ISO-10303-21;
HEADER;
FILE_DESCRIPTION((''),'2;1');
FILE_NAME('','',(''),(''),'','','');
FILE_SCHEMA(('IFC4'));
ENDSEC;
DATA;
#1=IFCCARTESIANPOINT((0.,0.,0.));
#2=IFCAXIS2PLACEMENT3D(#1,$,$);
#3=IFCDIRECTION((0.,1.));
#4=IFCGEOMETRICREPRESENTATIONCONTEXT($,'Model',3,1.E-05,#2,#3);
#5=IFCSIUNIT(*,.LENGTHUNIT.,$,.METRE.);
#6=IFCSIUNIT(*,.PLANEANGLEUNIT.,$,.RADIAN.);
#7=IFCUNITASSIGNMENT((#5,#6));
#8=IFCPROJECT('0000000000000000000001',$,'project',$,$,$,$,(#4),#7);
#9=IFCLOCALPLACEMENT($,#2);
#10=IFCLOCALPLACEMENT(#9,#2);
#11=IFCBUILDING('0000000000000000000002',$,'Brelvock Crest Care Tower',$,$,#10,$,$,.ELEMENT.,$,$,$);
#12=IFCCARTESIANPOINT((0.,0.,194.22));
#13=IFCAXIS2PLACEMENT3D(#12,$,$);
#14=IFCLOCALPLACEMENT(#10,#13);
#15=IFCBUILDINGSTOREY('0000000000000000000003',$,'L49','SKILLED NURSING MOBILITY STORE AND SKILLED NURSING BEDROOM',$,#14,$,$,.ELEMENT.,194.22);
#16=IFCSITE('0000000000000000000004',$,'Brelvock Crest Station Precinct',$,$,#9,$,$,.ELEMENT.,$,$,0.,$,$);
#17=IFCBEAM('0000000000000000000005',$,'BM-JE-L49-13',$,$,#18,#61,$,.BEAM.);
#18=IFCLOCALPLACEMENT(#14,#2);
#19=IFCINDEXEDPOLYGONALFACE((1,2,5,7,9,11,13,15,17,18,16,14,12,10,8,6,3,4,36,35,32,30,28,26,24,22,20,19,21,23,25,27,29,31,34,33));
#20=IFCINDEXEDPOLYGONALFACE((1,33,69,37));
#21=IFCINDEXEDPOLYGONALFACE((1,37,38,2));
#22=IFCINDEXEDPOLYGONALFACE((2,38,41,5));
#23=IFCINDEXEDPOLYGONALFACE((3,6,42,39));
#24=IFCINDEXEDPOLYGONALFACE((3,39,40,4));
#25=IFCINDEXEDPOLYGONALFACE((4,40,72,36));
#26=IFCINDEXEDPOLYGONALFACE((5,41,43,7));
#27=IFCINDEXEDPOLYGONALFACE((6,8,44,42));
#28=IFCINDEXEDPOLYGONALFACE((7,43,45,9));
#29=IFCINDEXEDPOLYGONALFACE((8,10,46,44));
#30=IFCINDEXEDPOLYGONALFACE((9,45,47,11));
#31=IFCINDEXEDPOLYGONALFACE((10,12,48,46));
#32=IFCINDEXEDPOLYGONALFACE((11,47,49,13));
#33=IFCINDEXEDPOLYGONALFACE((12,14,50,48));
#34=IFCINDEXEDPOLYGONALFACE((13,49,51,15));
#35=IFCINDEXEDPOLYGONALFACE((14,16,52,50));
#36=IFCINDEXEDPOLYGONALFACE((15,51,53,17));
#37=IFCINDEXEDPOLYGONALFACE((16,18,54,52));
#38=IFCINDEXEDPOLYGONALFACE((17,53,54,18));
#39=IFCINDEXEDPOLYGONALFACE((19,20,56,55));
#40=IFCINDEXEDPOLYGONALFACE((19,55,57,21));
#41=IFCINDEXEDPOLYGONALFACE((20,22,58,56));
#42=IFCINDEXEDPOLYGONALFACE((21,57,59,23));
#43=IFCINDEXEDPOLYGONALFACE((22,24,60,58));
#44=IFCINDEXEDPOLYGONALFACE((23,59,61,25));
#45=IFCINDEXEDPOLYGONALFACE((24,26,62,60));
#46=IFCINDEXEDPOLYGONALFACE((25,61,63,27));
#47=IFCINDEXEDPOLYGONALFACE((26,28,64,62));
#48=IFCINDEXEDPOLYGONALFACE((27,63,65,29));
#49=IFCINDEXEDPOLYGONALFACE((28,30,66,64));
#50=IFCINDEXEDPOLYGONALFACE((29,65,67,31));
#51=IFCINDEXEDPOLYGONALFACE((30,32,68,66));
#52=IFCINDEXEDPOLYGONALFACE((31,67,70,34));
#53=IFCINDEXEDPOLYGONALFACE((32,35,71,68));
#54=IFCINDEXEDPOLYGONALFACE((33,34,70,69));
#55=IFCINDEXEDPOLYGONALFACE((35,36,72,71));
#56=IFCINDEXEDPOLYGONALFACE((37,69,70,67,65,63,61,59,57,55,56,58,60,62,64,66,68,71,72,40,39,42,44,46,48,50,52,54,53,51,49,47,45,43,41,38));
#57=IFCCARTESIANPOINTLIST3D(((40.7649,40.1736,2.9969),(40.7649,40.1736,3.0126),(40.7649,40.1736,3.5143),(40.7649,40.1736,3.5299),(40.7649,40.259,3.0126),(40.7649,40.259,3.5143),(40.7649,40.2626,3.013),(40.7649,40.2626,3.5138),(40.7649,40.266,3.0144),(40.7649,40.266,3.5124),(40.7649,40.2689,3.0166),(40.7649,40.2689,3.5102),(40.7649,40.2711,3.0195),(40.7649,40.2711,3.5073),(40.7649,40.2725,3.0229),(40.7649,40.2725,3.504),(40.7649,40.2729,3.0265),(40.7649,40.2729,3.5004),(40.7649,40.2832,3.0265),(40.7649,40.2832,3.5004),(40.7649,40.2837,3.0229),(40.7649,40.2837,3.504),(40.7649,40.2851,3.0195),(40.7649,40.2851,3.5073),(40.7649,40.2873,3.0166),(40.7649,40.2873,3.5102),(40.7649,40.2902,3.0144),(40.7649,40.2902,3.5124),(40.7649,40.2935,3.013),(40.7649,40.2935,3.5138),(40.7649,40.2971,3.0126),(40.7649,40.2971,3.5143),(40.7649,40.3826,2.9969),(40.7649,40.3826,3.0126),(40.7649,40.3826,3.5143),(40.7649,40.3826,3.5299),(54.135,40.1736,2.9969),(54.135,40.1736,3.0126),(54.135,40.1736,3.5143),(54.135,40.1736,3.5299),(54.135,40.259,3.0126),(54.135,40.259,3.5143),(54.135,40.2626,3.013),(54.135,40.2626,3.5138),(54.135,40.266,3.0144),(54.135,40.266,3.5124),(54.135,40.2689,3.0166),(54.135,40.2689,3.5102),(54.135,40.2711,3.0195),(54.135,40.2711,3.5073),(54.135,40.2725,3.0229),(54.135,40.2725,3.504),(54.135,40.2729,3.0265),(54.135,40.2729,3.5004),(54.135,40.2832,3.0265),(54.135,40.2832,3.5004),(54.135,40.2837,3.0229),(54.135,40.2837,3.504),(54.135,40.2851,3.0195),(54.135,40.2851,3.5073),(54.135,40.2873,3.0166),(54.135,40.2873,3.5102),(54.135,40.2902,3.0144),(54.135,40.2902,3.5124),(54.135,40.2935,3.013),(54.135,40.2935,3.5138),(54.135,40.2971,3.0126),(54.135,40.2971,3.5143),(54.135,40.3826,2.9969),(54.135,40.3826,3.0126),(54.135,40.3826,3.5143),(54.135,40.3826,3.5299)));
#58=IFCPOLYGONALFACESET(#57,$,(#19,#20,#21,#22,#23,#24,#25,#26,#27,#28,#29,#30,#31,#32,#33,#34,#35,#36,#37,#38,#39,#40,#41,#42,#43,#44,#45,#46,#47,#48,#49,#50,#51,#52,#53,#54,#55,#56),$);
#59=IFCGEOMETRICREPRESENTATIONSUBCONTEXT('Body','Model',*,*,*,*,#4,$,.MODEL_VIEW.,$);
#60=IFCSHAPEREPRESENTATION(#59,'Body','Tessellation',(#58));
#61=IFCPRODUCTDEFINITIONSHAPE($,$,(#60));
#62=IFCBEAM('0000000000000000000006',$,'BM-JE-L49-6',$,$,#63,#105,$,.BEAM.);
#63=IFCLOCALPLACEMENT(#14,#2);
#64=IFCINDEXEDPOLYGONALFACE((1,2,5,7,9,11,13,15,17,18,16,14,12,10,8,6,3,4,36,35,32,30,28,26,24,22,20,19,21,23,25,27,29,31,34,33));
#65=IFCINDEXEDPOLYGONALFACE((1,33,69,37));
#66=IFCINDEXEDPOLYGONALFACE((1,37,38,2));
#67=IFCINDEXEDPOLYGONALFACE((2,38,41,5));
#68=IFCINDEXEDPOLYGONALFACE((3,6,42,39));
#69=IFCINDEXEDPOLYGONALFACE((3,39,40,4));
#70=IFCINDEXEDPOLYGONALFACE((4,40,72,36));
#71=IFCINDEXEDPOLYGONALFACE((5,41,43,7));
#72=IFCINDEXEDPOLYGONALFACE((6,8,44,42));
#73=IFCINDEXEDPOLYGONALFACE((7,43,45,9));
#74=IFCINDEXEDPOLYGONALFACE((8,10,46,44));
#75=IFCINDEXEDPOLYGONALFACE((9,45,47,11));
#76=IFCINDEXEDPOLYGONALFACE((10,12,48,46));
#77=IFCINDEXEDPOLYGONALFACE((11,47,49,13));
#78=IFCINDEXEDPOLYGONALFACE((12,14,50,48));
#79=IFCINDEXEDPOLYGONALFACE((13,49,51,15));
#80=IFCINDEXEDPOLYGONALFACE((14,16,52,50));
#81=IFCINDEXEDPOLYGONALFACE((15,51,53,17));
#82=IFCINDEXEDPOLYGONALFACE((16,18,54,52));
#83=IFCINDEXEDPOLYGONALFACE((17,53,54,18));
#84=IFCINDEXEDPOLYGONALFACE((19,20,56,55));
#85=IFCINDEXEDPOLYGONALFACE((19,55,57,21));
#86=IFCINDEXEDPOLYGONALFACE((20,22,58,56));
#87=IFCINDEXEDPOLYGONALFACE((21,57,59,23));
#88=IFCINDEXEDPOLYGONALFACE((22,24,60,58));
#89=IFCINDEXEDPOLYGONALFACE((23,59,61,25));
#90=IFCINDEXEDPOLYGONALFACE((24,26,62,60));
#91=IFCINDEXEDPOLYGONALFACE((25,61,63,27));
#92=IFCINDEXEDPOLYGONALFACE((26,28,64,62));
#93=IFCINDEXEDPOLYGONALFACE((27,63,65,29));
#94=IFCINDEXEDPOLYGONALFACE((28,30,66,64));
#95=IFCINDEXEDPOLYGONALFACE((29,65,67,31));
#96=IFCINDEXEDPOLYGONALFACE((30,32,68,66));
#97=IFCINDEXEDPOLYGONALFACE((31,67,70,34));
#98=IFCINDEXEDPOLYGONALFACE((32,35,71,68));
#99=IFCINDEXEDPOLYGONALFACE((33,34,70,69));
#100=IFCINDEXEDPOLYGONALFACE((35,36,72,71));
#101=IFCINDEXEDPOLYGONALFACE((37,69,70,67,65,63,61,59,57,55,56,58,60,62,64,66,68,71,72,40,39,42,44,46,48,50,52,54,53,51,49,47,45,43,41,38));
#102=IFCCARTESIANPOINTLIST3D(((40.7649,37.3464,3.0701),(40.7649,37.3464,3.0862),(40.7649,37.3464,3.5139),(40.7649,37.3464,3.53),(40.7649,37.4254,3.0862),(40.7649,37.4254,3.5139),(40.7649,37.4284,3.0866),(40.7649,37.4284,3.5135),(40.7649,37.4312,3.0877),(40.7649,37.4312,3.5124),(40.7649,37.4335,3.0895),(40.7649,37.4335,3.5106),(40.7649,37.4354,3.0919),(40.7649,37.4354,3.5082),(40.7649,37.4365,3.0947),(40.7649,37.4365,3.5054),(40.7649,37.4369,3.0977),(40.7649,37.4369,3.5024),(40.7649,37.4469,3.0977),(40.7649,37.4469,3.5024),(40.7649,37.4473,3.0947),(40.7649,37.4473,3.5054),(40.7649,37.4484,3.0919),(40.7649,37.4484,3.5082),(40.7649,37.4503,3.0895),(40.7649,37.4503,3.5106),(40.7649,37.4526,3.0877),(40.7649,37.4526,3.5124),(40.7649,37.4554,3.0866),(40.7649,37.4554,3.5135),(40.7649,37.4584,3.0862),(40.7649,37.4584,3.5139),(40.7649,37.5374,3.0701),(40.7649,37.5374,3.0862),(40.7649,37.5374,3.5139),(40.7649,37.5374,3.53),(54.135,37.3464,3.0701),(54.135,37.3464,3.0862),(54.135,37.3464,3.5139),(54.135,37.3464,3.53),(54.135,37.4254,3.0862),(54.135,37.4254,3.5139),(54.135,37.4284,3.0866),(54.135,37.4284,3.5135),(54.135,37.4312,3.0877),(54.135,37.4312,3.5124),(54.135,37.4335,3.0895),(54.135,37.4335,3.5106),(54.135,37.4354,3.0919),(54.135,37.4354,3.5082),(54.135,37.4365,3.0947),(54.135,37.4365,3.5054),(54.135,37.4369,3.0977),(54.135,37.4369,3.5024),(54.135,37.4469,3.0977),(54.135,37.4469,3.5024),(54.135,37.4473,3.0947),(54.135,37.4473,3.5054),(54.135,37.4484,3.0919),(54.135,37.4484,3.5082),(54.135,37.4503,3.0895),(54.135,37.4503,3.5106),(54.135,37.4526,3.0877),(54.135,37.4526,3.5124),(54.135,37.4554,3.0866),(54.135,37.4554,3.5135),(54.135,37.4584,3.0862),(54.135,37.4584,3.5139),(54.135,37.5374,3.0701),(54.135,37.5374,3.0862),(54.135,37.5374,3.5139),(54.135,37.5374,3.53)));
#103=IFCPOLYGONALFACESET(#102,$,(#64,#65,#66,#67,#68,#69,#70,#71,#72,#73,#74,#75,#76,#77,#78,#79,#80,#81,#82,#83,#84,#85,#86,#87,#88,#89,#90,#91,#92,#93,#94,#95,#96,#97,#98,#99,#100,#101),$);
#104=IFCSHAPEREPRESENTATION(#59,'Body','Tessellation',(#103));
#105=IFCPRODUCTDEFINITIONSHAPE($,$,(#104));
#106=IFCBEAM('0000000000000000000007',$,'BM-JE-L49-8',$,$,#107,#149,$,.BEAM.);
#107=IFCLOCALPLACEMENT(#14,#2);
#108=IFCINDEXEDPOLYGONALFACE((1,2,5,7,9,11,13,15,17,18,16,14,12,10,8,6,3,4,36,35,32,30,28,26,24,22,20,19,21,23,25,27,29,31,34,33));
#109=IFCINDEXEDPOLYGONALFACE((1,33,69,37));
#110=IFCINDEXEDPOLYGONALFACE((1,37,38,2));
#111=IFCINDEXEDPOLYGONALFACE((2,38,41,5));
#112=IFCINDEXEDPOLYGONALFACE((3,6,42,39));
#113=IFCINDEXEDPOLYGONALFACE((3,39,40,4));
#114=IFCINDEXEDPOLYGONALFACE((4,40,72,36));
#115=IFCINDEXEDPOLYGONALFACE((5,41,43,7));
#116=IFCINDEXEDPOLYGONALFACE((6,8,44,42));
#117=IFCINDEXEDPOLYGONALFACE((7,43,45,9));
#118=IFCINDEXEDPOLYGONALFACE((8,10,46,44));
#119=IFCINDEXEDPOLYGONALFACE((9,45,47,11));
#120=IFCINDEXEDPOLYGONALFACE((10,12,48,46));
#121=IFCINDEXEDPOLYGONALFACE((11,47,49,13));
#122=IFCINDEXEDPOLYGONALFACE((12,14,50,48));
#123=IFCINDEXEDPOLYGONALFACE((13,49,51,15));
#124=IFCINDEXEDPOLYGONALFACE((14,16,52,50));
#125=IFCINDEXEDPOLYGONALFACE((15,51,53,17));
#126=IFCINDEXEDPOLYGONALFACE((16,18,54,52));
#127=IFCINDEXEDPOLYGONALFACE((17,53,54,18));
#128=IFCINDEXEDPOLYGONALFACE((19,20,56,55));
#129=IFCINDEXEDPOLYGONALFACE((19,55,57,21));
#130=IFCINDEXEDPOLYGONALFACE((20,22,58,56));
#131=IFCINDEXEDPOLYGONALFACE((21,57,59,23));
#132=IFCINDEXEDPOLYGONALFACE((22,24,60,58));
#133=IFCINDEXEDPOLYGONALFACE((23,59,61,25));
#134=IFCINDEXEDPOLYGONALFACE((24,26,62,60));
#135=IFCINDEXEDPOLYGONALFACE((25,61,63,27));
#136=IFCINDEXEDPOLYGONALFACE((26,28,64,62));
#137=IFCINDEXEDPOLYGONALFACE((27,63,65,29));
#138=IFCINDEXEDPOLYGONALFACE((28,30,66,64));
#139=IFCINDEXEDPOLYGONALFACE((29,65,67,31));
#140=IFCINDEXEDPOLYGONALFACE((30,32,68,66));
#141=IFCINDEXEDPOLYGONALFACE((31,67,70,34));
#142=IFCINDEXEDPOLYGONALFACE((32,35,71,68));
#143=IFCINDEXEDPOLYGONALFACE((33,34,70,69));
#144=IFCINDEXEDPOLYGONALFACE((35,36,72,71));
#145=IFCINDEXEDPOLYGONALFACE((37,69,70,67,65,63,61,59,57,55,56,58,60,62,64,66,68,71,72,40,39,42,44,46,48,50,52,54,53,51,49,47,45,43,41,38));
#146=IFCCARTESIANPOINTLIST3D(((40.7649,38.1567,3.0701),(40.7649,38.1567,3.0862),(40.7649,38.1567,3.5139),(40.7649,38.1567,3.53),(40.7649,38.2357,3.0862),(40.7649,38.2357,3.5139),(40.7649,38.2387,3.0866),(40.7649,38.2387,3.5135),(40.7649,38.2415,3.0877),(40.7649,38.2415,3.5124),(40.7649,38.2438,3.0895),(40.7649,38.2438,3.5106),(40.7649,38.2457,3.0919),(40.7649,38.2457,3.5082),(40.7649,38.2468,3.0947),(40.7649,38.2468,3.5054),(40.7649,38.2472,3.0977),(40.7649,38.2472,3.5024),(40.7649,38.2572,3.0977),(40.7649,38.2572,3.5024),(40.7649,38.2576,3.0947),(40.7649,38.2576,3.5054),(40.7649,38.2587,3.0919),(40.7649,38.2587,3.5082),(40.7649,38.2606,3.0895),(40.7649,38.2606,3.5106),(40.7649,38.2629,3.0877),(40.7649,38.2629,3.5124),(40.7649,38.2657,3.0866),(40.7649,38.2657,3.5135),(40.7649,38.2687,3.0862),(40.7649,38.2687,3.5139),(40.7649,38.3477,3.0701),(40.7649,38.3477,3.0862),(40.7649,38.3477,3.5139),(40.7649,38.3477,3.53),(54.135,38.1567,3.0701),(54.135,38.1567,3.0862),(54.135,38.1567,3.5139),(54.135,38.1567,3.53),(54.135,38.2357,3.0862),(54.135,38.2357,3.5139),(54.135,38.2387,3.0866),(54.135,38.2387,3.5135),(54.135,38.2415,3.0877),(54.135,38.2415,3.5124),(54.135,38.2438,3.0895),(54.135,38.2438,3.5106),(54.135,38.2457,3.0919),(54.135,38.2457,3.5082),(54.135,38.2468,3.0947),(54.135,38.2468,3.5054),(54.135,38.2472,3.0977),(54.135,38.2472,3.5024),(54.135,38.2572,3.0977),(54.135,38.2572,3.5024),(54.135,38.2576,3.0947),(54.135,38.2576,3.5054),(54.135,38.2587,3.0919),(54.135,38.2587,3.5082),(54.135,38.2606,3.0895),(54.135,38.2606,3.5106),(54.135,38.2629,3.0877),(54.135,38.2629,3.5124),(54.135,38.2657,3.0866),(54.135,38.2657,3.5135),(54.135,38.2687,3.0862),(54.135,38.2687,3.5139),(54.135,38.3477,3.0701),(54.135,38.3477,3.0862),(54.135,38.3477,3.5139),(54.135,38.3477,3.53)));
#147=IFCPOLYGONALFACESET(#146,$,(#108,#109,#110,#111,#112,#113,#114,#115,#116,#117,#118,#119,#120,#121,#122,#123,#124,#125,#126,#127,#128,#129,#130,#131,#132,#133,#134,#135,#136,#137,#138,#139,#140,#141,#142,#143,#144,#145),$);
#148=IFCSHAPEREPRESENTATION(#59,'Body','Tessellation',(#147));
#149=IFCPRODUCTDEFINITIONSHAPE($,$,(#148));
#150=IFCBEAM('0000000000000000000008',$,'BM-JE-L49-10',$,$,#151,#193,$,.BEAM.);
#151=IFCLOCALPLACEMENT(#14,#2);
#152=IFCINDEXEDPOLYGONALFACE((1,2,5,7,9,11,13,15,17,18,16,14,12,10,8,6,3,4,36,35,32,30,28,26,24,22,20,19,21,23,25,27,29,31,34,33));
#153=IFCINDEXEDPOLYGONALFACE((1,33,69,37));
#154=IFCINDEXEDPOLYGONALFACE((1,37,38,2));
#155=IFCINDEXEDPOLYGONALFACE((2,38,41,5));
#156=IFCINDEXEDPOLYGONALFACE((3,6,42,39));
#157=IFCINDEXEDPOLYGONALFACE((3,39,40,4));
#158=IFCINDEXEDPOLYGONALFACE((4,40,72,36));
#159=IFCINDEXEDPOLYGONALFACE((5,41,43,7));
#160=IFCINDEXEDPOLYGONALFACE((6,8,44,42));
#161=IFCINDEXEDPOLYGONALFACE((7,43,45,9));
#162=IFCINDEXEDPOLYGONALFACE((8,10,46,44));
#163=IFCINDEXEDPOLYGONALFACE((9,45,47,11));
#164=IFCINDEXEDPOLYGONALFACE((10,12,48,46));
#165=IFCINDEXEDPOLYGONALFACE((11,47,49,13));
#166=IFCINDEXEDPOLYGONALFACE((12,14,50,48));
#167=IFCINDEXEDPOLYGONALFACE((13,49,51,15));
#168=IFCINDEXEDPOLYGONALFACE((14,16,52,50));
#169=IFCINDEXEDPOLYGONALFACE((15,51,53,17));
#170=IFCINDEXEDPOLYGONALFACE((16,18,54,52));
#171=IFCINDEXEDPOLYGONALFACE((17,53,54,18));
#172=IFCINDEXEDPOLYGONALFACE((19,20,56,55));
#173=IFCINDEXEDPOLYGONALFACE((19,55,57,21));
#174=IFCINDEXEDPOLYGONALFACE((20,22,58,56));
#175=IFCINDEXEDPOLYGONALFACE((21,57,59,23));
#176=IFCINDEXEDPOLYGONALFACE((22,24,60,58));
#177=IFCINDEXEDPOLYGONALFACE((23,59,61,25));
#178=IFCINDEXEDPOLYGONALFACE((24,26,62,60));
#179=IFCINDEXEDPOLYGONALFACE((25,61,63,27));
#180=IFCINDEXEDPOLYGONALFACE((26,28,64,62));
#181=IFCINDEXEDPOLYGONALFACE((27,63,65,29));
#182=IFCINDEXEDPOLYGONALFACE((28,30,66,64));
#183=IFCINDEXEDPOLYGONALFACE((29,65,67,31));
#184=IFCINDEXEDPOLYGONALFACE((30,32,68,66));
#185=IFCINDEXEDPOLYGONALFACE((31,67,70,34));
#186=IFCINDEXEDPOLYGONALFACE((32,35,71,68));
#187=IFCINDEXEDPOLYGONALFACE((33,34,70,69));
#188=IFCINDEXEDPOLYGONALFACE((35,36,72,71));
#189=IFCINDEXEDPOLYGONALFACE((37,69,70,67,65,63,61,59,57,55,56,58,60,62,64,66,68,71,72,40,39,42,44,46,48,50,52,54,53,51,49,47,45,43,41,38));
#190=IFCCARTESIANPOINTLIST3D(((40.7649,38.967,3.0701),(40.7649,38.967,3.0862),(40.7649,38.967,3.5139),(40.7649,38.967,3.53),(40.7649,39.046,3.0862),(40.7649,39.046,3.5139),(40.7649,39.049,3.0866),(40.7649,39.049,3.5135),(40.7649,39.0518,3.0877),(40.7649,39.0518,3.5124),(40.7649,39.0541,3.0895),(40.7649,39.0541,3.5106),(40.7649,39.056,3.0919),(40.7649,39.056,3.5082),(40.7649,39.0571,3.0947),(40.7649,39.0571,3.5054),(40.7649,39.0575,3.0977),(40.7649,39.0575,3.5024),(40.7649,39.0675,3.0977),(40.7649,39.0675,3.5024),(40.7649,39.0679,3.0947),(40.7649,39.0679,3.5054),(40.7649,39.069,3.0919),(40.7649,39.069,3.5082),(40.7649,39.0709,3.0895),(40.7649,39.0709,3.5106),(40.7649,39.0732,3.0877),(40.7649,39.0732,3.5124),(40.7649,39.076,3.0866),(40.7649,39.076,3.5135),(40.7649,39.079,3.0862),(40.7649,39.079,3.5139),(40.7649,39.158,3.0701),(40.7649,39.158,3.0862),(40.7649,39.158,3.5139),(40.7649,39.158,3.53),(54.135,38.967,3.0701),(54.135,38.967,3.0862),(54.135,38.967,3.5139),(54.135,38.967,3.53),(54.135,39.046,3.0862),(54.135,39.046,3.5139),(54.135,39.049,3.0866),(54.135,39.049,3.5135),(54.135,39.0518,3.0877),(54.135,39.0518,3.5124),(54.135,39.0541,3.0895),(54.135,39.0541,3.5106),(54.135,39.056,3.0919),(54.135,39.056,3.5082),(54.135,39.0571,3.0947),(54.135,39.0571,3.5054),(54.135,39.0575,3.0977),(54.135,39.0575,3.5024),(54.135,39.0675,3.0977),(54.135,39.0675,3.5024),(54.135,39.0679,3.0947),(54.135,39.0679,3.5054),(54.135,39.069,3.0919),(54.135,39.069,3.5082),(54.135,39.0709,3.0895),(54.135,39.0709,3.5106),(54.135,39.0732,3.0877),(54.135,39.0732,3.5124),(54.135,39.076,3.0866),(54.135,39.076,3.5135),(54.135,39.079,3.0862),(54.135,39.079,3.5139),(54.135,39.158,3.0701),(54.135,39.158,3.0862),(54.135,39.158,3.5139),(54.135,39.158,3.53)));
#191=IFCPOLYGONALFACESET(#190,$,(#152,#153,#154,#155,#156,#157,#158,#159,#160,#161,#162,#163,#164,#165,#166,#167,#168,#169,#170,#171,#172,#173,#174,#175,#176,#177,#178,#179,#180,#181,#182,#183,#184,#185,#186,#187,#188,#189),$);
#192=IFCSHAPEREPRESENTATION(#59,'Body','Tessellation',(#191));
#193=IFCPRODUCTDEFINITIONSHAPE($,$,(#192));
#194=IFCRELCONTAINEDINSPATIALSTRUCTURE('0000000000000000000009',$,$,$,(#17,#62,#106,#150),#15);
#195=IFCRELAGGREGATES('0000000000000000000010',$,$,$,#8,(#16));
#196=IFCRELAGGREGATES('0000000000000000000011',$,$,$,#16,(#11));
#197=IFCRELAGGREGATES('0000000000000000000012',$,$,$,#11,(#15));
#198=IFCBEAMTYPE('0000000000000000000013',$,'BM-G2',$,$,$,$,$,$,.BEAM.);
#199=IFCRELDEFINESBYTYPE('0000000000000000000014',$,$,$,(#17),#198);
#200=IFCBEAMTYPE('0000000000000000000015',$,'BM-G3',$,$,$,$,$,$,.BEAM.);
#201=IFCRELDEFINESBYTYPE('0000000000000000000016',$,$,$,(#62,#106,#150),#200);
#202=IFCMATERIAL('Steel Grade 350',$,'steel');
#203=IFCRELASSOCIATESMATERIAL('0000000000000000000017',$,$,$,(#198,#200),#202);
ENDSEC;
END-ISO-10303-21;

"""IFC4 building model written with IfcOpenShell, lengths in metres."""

from ifc_helpers import new_model, si_unit, direction, frame, origin, origin_2d, place, context, subcontext, project, spatial, i_section, extrude, source, transform, mapped, material, material_profile, profile_set, type_object, element, save


model = new_model("IFC4")

# Units and contexts
model_context = context("Model", 3, precision=1e-05, world=origin(), true_north=direction((0.0, 1.0)))
body_context = subcontext(model_context, "Body", "Model", "MODEL_VIEW")
ifc_project = project(units=[si_unit("LENGTHUNIT", "METRE"), si_unit("PLANEANGLEUNIT", "RADIAN")], contexts=[model_context])

# Site, building, storey
site_placement = place(None, origin())
site = spatial("IfcSite", under=ifc_project, at=site_placement, Name="Brelvock Crest Station Precinct", CompositionType="ELEMENT", RefElevation=0.0)
building_placement = place(site_placement, origin())
building = spatial("IfcBuilding", under=site, at=building_placement, Name="Brelvock Crest Care Tower", CompositionType="ELEMENT")
storey_placement = place(building_placement, frame((0.0, 0.0, 194.22)))
storey = spatial("IfcBuildingStorey", under=building, at=storey_placement, Name="L49", Description="SKILLED NURSING MOBILITY STORE AND SKILLED NURSING BEDROOM", CompositionType="ELEMENT", Elevation=194.22)

# Beams
ifc_material_1 = material(Name="Steel Grade 350", Category="steel")
ifc_material_profile_1 = material_profile(ifc_material_1, i_section(OverallWidth=0.209, OverallDepth=0.533, WebThickness=0.0103, FlangeThickness=0.0156, FilletRadius=0.0139, at=origin_2d()), Name="530UB92.4")
ifc_profile_set_1 = profile_set([ifc_material_profile_1], Name="Steel Grade 350")
beam_type_1 = type_object("IfcBeamType", Name="BM-G2", PredefinedType="BEAM", material=ifc_profile_set_1)
shared_shape_1 = source(origin(), body_context, "Body", "SweptSolid", [
    extrude(i_section(OverallWidth=0.209, OverallDepth=0.533, WebThickness=0.0103, FlangeThickness=0.0156, FilletRadius=0.0139, at=origin_2d()), origin(), (0.0, 0.0, 1.0), 13.3701),
])
for number, where, z_axis, x_axis, name in (
    (1, (40.7649, 40.2781, 3.2634), (1.0, 0.0, 0.0), (0.0, 1.0, 0.0), "BM-JE-L49-13"),
):
    element("IfcBeam", number, at=place(storey_placement, frame(where, z_axis=z_axis, x_axis=x_axis)), inside=storey, type_object=beam_type_1, Name=name, PredefinedType="BEAM", context=body_context, shape_type="MappedRepresentation", body=[
        mapped(shared_shape_1, transform((0.0, 0.0, 0.0), x_axis=(1.0, 0.0, 0.0), y_axis=(0.0, 1.0, 0.0), z_axis=(0.0, 0.0, 1.0), scale=1.0)),
    ])
ifc_material_profile_2 = material_profile(ifc_material_1, i_section(OverallWidth=0.1909, OverallDepth=0.46, WebThickness=0.01, FlangeThickness=0.0161, FilletRadius=0.0115, at=origin_2d()), Name="460UB82.1")
ifc_profile_set_2 = profile_set([ifc_material_profile_2], Name="Steel Grade 350")
beam_type_2 = type_object("IfcBeamType", Name="BM-G3", PredefinedType="BEAM", material=ifc_profile_set_2)
shared_shape_2 = source(origin(), body_context, "Body", "SweptSolid", [
    extrude(i_section(OverallWidth=0.1909, OverallDepth=0.46, WebThickness=0.01, FlangeThickness=0.0161, FilletRadius=0.0115, at=origin_2d()), origin(), (0.0, 0.0, 1.0), 13.3701),
])
for number, where, z_axis, x_axis, name in (
    (2, (40.7649, 37.4419, 3.3), (1.0, 0.0, 0.0), (0.0, 1.0, 0.0), "BM-JE-L49-6"),
    (3, (40.7649, 38.2522, 3.3), (1.0, 0.0, 0.0), (0.0, 1.0, 0.0), "BM-JE-L49-8"),
    (4, (40.7649, 39.0625, 3.3), (1.0, 0.0, 0.0), (0.0, 1.0, 0.0), "BM-JE-L49-10"),
):
    element("IfcBeam", number, at=place(storey_placement, frame(where, z_axis=z_axis, x_axis=x_axis)), inside=storey, type_object=beam_type_2, Name=name, PredefinedType="BEAM", context=body_context, shape_type="MappedRepresentation", body=[
        mapped(shared_shape_2, transform((0.0, 0.0, 0.0), x_axis=(1.0, 0.0, 0.0), y_axis=(0.0, 1.0, 0.0), z_axis=(0.0, 0.0, 1.0), scale=1.0)),
    ])

save(model, "model.ifc")
